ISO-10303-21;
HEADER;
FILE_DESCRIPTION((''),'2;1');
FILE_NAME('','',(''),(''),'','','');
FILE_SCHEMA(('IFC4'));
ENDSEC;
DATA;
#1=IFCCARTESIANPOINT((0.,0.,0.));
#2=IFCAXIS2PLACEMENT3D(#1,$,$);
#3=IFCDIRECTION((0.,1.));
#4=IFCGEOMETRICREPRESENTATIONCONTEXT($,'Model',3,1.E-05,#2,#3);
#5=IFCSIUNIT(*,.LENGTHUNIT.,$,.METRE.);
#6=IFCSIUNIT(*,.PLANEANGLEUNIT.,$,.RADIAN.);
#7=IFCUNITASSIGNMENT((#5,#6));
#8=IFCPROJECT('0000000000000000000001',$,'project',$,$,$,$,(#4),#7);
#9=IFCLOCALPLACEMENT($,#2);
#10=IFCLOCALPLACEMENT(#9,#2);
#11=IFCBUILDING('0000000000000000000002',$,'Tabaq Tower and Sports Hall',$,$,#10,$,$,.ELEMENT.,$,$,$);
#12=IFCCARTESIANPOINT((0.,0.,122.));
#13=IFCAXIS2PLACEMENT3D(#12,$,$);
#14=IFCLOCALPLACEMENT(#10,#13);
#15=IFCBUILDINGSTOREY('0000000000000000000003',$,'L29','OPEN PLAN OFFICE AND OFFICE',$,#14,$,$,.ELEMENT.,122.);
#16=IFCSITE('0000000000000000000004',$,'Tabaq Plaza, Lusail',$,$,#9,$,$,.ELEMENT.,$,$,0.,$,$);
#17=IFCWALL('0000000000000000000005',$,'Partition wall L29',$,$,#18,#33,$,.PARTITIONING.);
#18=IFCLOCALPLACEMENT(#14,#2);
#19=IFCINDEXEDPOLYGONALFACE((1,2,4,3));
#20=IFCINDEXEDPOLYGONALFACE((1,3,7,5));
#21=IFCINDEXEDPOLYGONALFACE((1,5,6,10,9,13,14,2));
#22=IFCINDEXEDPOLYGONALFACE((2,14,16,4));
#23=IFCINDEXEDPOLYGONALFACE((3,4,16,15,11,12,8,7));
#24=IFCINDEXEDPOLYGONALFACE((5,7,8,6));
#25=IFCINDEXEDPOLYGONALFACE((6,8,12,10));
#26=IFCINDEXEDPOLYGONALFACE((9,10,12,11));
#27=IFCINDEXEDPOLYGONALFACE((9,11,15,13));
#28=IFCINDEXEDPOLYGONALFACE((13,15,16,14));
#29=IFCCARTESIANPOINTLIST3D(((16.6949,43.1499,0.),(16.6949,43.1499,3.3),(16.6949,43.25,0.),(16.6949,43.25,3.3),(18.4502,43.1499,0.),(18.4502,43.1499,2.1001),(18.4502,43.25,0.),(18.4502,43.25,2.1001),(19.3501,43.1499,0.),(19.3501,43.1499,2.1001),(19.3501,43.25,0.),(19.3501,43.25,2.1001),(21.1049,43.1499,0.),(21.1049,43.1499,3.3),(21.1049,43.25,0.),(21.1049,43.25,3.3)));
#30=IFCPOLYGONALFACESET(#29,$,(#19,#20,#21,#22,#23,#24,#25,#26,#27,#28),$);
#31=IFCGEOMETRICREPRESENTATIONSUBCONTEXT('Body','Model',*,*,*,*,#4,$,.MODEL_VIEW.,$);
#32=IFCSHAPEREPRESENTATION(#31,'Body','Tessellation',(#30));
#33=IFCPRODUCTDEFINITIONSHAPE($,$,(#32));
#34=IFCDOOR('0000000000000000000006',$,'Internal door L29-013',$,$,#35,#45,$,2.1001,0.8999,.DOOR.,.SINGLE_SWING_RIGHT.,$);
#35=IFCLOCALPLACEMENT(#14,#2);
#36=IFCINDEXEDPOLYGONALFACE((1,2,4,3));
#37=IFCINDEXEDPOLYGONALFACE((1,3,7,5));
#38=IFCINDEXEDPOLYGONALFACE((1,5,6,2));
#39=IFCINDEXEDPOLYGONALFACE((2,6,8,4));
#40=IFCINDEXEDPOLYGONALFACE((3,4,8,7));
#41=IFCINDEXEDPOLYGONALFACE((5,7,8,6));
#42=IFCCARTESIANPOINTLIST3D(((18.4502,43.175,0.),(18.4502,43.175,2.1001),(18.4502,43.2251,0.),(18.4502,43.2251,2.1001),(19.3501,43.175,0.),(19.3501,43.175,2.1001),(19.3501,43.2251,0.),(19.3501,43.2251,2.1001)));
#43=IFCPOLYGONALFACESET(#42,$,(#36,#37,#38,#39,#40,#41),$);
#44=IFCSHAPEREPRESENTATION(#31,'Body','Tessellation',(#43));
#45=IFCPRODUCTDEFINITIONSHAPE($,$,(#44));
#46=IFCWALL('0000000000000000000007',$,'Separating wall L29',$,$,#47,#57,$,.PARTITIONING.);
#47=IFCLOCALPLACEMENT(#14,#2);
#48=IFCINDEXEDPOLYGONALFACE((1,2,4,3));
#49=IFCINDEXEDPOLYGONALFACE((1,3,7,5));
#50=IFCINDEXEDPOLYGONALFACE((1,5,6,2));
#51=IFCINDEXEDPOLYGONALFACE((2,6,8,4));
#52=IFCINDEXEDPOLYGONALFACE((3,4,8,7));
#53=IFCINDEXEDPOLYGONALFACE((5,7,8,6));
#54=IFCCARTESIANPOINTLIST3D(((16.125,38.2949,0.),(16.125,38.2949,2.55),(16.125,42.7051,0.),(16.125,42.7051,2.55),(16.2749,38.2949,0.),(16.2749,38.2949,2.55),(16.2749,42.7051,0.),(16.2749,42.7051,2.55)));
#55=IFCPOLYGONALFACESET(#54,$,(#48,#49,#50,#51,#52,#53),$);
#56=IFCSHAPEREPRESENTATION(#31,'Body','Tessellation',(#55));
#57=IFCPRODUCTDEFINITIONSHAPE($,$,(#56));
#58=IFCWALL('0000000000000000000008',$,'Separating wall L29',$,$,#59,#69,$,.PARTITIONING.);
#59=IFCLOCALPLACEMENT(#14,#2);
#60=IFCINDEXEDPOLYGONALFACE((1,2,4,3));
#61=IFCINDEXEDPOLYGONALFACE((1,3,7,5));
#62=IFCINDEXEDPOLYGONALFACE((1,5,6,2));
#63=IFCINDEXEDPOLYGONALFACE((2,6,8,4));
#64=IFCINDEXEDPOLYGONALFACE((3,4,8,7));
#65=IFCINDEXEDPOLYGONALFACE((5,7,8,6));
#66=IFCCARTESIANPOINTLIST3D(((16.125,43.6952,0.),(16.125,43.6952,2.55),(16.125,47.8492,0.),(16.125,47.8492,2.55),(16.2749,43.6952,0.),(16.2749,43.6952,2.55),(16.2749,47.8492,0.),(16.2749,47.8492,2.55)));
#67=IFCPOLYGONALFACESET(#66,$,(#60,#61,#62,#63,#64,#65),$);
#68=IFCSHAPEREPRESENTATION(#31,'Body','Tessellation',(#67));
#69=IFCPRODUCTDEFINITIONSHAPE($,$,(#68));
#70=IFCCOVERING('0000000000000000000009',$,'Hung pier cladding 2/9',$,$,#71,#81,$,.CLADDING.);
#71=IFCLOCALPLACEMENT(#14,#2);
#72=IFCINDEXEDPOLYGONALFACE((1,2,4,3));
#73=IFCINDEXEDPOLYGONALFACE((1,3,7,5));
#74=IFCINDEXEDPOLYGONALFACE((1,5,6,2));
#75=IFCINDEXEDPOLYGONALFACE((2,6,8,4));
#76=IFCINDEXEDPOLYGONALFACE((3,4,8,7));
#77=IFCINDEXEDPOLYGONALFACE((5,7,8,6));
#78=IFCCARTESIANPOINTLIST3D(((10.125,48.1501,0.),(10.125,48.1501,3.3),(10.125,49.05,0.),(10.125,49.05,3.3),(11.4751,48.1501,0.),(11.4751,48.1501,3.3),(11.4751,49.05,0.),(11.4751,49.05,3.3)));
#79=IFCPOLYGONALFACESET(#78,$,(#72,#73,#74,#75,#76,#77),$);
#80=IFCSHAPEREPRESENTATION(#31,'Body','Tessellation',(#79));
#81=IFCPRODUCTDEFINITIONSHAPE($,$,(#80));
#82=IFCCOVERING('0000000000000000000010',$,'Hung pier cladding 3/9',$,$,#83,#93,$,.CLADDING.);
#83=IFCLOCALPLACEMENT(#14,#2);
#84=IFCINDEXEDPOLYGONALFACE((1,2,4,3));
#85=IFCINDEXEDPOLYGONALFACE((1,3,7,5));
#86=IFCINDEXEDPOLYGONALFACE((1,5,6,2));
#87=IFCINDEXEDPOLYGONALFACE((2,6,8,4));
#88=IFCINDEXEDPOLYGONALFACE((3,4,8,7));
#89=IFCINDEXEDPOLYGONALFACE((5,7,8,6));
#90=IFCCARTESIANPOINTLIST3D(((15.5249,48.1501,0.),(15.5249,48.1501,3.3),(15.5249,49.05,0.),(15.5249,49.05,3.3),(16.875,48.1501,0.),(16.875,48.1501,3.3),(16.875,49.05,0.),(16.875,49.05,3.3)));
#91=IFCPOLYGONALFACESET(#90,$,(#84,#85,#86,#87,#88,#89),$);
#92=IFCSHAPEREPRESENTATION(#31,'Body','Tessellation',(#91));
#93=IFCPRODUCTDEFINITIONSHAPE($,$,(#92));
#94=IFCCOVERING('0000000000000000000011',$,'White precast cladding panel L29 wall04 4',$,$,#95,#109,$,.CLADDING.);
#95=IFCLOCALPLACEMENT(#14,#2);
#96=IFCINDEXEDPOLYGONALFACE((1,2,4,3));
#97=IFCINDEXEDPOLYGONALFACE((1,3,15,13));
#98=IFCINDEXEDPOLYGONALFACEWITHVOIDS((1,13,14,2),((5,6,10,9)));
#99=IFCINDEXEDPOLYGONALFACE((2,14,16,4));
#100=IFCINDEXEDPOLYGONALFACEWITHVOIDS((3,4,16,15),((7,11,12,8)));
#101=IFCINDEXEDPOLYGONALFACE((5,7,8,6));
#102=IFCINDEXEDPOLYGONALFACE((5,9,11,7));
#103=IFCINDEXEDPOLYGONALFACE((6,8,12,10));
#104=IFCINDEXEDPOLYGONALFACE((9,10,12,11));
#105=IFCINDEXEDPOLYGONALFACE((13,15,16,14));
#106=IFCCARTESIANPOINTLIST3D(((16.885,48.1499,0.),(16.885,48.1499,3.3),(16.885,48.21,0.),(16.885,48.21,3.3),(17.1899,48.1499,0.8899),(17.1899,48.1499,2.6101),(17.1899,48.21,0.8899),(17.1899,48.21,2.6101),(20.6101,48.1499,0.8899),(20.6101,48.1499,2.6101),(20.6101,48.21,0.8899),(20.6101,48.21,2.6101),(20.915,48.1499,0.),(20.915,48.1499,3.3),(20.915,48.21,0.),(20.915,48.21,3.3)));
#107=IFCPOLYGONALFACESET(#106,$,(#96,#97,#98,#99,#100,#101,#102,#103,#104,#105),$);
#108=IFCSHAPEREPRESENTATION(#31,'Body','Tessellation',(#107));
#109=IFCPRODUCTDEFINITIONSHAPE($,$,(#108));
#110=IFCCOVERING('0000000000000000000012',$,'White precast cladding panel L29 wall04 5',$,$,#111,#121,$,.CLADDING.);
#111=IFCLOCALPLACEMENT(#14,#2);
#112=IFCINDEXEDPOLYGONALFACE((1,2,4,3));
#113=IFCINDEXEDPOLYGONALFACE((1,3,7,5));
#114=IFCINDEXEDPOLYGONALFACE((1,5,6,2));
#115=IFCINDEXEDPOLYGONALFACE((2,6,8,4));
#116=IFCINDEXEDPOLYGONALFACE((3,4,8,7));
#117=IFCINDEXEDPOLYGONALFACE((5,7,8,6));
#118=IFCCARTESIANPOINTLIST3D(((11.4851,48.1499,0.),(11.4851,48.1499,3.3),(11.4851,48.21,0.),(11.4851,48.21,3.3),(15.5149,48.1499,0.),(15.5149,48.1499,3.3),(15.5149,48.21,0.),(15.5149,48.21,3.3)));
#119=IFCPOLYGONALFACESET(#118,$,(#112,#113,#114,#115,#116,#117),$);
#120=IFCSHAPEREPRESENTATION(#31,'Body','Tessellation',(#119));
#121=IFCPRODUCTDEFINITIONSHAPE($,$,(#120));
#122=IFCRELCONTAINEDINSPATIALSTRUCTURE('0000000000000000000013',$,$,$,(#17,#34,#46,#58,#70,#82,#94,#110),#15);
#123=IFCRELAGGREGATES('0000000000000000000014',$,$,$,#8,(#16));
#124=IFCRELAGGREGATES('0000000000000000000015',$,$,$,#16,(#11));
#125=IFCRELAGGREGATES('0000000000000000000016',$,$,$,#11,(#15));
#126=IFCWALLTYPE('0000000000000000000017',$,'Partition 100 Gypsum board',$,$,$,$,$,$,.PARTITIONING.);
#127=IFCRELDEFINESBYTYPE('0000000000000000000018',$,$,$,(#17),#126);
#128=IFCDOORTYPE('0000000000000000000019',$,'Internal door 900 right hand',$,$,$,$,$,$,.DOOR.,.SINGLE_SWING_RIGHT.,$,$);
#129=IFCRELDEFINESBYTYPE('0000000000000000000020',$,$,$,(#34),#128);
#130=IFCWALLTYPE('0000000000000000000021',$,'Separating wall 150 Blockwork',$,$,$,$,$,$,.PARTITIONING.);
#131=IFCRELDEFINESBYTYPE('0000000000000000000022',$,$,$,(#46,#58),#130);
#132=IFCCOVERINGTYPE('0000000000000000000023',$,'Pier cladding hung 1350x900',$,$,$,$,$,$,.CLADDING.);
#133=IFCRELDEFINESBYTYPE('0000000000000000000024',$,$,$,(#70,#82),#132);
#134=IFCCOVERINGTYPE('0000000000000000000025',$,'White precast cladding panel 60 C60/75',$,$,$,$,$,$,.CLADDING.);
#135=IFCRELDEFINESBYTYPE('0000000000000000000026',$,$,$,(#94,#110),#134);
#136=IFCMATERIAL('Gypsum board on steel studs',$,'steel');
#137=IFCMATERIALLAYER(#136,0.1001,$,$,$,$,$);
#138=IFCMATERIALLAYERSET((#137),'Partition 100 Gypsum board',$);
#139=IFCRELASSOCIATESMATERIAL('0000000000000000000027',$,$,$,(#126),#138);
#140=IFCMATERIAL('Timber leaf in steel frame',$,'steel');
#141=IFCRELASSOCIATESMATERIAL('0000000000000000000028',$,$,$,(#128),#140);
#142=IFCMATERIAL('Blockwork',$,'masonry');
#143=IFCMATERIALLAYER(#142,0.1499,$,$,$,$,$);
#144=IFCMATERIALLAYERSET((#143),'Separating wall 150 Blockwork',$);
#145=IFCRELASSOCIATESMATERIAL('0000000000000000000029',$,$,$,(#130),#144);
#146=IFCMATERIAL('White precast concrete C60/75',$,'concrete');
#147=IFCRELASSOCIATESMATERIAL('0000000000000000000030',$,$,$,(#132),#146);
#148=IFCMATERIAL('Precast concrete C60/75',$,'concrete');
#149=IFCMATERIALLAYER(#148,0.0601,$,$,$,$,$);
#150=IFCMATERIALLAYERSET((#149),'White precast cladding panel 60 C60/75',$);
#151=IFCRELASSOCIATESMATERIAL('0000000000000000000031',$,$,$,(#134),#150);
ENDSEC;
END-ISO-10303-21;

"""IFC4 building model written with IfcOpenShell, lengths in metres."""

from ifc_helpers import new_model, si_unit, direction, frame, frame_2d, origin, place, context, subcontext, project, spatial, polyline, rectangle, outline, extrude, material, layer, layer_set, type_object, element, fill, save


model = new_model("IFC4")

# Units and contexts
model_context = context("Model", 3, precision=1e-05, world=origin(), true_north=direction((0.0, 1.0)))
body_context = subcontext(model_context, "Body", "Model", "MODEL_VIEW")
ifc_project = project(units=[si_unit("LENGTHUNIT", "METRE"), si_unit("PLANEANGLEUNIT", "RADIAN")], contexts=[model_context])

# Site, building, storey
site_placement = place(None, origin())
site = spatial("IfcSite", under=ifc_project, at=site_placement, Name="Tabaq Plaza, Lusail", CompositionType="ELEMENT", RefElevation=0.0)
building_placement = place(site_placement, origin())
building = spatial("IfcBuilding", under=site, at=building_placement, Name="Tabaq Tower and Sports Hall", CompositionType="ELEMENT")
storey_placement = place(building_placement, frame((0.0, 0.0, 122.0)))
storey = spatial("IfcBuildingStorey", under=building, at=storey_placement, Name="L29", Description="OPEN PLAN OFFICE AND OFFICE", CompositionType="ELEMENT", Elevation=122.0)

# Shared definitions
ifc_material_1 = material(Name="Gypsum board on steel studs", Category="steel")
ifc_layer_1 = layer(ifc_material_1, 0.1001)
ifc_layer_set_1 = layer_set([ifc_layer_1], Name="Partition 100 Gypsum board")
wall_type_1 = type_object("IfcWallType", Name="Partition 100 Gypsum board", PredefinedType="PARTITIONING", material=ifc_layer_set_1)

# Wall, opening, door
wall_1_placement = place(storey_placement, frame((21.105, 43.2, 0.0), z_axis=(0.0, 0.0, 1.0), x_axis=(-1.0, 0.0, 0.0)))
wall_1 = element("IfcWall", 1, at=wall_1_placement, inside=storey, type_object=wall_type_1, Name="Partition wall L29", PredefinedType="PARTITIONING", context=body_context, shape_type="SweptSolid", body=[
    extrude(rectangle(XDim=4.4099, YDim=0.1001, at=frame_2d((2.2051, 0.0))), origin(), (0.0, 0.0, 1.0), 3.3),
])
opening_1_placement = place(wall_1_placement, frame((1.7549, 0.0, 0.0)))
opening_1 = element("IfcOpeningElement", 2, at=opening_1_placement, cuts=wall_1, PredefinedType="OPENING", context=body_context, shape_type="SweptSolid", body=[
    extrude(rectangle(XDim=0.8999, YDim=2.1001, at=frame_2d((0.45, 1.05))), frame((0.0, 0.05, 0.0), z_axis=(0.0, -1.0, 0.0), x_axis=(1.0, 0.0, 0.0)), (0.0, 0.0, 1.0), 0.1001),
])
ifc_material_2 = material(Name="Timber leaf in steel frame", Category="steel")
door_type_1 = type_object("IfcDoorType", Name="Internal door 900 right hand", OperationType="SINGLE_SWING_RIGHT", PredefinedType="DOOR", material=ifc_material_2)
door_1_placement = place(opening_1_placement, origin())
door_1 = element("IfcDoor", 3, at=door_1_placement, inside=storey, type_object=door_type_1, Name="Internal door L29-013", OperationType="SINGLE_SWING_RIGHT", OverallHeight=2.1001, OverallWidth=0.8999, PredefinedType="DOOR", context=body_context, shape_type="SweptSolid", body=[
    extrude(rectangle(XDim=0.8999, YDim=2.1001, at=frame_2d((0.45, 1.05))), frame((0.0, 0.0249, 0.0), z_axis=(0.0, -1.0, 0.0), x_axis=(1.0, 0.0, 0.0)), (0.0, 0.0, 1.0), 0.05),
])
fill(opening_1, door_1)

# Walls
ifc_material_3 = material(Name="Blockwork", Category="masonry")
ifc_layer_2 = layer(ifc_material_3, 0.1499)
ifc_layer_set_2 = layer_set([ifc_layer_2], Name="Separating wall 150 Blockwork")
wall_type_2 = type_object("IfcWallType", Name="Separating wall 150 Blockwork", PredefinedType="PARTITIONING", material=ifc_layer_set_2)
wall_2_placement = place(storey_placement, frame((16.2, 38.2949, 0.0), z_axis=(0.0, 0.0, 1.0), x_axis=(0.0, 1.0, 0.0)))
element("IfcWall", 4, at=wall_2_placement, inside=storey, type_object=wall_type_2, Name="Separating wall L29", PredefinedType="PARTITIONING", context=body_context, shape_type="SweptSolid", body=[
    extrude(rectangle(XDim=4.4102, YDim=0.1499, at=frame_2d((2.2051, 0.0))), origin(), (0.0, 0.0, 1.0), 2.55),
])
wall_3_placement = place(storey_placement, frame((16.2, 43.6951, 0.0), z_axis=(0.0, 0.0, 1.0), x_axis=(0.0, 1.0, 0.0)))
element("IfcWall", 5, at=wall_3_placement, inside=storey, type_object=wall_type_2, Name="Separating wall L29", PredefinedType="PARTITIONING", context=body_context, shape_type="SweptSolid", body=[
    extrude(rectangle(XDim=4.1541, YDim=0.1499, at=frame_2d((2.0771, 0.0))), origin(), (0.0, 0.0, 1.0), 2.55),
])

# Coverings
ifc_material_4 = material(Name="White precast concrete C60/75", Category="concrete")
covering_type_1 = type_object("IfcCoveringType", Name="Pier cladding hung 1350x900", PredefinedType="CLADDING", material=ifc_material_4)
for number, where, z_axis, x_axis, name in (
    (6, (11.4751, 48.6001, 0.0), (0.0, 0.0, 1.0), (-1.0, 0.0, 0.0), "Hung pier cladding 2/9"),
    (7, (16.875, 48.6001, 0.0), (0.0, 0.0, 1.0), (-1.0, 0.0, 0.0), "Hung pier cladding 3/9"),
):
    element("IfcCovering", number, at=place(storey_placement, frame(where, z_axis=z_axis, x_axis=x_axis)), inside=storey, type_object=covering_type_1, Name=name, PredefinedType="CLADDING", context=body_context, shape_type="SweptSolid", body=[
        extrude(rectangle(XDim=1.3501, YDim=0.8999, at=frame_2d((0.675, 0.0))), origin(), (0.0, 0.0, 1.0), 3.3),
    ])
ifc_material_5 = material(Name="Precast concrete C60/75", Category="concrete")
ifc_layer_3 = layer(ifc_material_5, 0.0601)
ifc_layer_set_3 = layer_set([ifc_layer_3], Name="White precast cladding panel 60 C60/75")
covering_type_2 = type_object("IfcCoveringType", Name="White precast cladding panel 60 C60/75", PredefinedType="CLADDING", material=ifc_layer_set_3)
covering_1_placement = place(storey_placement, frame((20.915, 48.1799, 0.0), z_axis=(0.0, 0.0, 1.0), x_axis=(-1.0, 0.0, 0.0)))
element("IfcCovering", 8, at=covering_1_placement, inside=storey, type_object=covering_type_2, Name="White precast cladding panel L29 wall04 4", PredefinedType="CLADDING", context=body_context, shape_type="SweptSolid", body=[
    extrude(outline(polyline([(0.0, 0.0), (4.03, 0.0), (4.03, 3.3), (0.0, 3.3), (0.0, 0.0)]), holes=[polyline([(0.3049, 0.8899), (0.3049, 2.6101), (3.7251, 2.6101), (3.7251, 0.8899), (0.3049, 0.8899)])]), frame((0.0, 0.03, 0.0), z_axis=(0.0, -1.0, 0.0), x_axis=(1.0, 0.0, 0.0)), (0.0, 0.0, 1.0), 0.0601),
])
covering_2_placement = place(storey_placement, frame((15.5149, 48.1799, 0.0), z_axis=(0.0, 0.0, 1.0), x_axis=(-1.0, 0.0, 0.0)))
element("IfcCovering", 9, at=covering_2_placement, inside=storey, type_object=covering_type_2, Name="White precast cladding panel L29 wall04 5", PredefinedType="CLADDING", context=body_context, shape_type="SweptSolid", body=[
    extrude(rectangle(XDim=4.0298, YDim=0.0601, at=frame_2d((2.0149, 0.0))), origin(), (0.0, 0.0, 1.0), 3.3),
])

save(model, "model.ifc")
